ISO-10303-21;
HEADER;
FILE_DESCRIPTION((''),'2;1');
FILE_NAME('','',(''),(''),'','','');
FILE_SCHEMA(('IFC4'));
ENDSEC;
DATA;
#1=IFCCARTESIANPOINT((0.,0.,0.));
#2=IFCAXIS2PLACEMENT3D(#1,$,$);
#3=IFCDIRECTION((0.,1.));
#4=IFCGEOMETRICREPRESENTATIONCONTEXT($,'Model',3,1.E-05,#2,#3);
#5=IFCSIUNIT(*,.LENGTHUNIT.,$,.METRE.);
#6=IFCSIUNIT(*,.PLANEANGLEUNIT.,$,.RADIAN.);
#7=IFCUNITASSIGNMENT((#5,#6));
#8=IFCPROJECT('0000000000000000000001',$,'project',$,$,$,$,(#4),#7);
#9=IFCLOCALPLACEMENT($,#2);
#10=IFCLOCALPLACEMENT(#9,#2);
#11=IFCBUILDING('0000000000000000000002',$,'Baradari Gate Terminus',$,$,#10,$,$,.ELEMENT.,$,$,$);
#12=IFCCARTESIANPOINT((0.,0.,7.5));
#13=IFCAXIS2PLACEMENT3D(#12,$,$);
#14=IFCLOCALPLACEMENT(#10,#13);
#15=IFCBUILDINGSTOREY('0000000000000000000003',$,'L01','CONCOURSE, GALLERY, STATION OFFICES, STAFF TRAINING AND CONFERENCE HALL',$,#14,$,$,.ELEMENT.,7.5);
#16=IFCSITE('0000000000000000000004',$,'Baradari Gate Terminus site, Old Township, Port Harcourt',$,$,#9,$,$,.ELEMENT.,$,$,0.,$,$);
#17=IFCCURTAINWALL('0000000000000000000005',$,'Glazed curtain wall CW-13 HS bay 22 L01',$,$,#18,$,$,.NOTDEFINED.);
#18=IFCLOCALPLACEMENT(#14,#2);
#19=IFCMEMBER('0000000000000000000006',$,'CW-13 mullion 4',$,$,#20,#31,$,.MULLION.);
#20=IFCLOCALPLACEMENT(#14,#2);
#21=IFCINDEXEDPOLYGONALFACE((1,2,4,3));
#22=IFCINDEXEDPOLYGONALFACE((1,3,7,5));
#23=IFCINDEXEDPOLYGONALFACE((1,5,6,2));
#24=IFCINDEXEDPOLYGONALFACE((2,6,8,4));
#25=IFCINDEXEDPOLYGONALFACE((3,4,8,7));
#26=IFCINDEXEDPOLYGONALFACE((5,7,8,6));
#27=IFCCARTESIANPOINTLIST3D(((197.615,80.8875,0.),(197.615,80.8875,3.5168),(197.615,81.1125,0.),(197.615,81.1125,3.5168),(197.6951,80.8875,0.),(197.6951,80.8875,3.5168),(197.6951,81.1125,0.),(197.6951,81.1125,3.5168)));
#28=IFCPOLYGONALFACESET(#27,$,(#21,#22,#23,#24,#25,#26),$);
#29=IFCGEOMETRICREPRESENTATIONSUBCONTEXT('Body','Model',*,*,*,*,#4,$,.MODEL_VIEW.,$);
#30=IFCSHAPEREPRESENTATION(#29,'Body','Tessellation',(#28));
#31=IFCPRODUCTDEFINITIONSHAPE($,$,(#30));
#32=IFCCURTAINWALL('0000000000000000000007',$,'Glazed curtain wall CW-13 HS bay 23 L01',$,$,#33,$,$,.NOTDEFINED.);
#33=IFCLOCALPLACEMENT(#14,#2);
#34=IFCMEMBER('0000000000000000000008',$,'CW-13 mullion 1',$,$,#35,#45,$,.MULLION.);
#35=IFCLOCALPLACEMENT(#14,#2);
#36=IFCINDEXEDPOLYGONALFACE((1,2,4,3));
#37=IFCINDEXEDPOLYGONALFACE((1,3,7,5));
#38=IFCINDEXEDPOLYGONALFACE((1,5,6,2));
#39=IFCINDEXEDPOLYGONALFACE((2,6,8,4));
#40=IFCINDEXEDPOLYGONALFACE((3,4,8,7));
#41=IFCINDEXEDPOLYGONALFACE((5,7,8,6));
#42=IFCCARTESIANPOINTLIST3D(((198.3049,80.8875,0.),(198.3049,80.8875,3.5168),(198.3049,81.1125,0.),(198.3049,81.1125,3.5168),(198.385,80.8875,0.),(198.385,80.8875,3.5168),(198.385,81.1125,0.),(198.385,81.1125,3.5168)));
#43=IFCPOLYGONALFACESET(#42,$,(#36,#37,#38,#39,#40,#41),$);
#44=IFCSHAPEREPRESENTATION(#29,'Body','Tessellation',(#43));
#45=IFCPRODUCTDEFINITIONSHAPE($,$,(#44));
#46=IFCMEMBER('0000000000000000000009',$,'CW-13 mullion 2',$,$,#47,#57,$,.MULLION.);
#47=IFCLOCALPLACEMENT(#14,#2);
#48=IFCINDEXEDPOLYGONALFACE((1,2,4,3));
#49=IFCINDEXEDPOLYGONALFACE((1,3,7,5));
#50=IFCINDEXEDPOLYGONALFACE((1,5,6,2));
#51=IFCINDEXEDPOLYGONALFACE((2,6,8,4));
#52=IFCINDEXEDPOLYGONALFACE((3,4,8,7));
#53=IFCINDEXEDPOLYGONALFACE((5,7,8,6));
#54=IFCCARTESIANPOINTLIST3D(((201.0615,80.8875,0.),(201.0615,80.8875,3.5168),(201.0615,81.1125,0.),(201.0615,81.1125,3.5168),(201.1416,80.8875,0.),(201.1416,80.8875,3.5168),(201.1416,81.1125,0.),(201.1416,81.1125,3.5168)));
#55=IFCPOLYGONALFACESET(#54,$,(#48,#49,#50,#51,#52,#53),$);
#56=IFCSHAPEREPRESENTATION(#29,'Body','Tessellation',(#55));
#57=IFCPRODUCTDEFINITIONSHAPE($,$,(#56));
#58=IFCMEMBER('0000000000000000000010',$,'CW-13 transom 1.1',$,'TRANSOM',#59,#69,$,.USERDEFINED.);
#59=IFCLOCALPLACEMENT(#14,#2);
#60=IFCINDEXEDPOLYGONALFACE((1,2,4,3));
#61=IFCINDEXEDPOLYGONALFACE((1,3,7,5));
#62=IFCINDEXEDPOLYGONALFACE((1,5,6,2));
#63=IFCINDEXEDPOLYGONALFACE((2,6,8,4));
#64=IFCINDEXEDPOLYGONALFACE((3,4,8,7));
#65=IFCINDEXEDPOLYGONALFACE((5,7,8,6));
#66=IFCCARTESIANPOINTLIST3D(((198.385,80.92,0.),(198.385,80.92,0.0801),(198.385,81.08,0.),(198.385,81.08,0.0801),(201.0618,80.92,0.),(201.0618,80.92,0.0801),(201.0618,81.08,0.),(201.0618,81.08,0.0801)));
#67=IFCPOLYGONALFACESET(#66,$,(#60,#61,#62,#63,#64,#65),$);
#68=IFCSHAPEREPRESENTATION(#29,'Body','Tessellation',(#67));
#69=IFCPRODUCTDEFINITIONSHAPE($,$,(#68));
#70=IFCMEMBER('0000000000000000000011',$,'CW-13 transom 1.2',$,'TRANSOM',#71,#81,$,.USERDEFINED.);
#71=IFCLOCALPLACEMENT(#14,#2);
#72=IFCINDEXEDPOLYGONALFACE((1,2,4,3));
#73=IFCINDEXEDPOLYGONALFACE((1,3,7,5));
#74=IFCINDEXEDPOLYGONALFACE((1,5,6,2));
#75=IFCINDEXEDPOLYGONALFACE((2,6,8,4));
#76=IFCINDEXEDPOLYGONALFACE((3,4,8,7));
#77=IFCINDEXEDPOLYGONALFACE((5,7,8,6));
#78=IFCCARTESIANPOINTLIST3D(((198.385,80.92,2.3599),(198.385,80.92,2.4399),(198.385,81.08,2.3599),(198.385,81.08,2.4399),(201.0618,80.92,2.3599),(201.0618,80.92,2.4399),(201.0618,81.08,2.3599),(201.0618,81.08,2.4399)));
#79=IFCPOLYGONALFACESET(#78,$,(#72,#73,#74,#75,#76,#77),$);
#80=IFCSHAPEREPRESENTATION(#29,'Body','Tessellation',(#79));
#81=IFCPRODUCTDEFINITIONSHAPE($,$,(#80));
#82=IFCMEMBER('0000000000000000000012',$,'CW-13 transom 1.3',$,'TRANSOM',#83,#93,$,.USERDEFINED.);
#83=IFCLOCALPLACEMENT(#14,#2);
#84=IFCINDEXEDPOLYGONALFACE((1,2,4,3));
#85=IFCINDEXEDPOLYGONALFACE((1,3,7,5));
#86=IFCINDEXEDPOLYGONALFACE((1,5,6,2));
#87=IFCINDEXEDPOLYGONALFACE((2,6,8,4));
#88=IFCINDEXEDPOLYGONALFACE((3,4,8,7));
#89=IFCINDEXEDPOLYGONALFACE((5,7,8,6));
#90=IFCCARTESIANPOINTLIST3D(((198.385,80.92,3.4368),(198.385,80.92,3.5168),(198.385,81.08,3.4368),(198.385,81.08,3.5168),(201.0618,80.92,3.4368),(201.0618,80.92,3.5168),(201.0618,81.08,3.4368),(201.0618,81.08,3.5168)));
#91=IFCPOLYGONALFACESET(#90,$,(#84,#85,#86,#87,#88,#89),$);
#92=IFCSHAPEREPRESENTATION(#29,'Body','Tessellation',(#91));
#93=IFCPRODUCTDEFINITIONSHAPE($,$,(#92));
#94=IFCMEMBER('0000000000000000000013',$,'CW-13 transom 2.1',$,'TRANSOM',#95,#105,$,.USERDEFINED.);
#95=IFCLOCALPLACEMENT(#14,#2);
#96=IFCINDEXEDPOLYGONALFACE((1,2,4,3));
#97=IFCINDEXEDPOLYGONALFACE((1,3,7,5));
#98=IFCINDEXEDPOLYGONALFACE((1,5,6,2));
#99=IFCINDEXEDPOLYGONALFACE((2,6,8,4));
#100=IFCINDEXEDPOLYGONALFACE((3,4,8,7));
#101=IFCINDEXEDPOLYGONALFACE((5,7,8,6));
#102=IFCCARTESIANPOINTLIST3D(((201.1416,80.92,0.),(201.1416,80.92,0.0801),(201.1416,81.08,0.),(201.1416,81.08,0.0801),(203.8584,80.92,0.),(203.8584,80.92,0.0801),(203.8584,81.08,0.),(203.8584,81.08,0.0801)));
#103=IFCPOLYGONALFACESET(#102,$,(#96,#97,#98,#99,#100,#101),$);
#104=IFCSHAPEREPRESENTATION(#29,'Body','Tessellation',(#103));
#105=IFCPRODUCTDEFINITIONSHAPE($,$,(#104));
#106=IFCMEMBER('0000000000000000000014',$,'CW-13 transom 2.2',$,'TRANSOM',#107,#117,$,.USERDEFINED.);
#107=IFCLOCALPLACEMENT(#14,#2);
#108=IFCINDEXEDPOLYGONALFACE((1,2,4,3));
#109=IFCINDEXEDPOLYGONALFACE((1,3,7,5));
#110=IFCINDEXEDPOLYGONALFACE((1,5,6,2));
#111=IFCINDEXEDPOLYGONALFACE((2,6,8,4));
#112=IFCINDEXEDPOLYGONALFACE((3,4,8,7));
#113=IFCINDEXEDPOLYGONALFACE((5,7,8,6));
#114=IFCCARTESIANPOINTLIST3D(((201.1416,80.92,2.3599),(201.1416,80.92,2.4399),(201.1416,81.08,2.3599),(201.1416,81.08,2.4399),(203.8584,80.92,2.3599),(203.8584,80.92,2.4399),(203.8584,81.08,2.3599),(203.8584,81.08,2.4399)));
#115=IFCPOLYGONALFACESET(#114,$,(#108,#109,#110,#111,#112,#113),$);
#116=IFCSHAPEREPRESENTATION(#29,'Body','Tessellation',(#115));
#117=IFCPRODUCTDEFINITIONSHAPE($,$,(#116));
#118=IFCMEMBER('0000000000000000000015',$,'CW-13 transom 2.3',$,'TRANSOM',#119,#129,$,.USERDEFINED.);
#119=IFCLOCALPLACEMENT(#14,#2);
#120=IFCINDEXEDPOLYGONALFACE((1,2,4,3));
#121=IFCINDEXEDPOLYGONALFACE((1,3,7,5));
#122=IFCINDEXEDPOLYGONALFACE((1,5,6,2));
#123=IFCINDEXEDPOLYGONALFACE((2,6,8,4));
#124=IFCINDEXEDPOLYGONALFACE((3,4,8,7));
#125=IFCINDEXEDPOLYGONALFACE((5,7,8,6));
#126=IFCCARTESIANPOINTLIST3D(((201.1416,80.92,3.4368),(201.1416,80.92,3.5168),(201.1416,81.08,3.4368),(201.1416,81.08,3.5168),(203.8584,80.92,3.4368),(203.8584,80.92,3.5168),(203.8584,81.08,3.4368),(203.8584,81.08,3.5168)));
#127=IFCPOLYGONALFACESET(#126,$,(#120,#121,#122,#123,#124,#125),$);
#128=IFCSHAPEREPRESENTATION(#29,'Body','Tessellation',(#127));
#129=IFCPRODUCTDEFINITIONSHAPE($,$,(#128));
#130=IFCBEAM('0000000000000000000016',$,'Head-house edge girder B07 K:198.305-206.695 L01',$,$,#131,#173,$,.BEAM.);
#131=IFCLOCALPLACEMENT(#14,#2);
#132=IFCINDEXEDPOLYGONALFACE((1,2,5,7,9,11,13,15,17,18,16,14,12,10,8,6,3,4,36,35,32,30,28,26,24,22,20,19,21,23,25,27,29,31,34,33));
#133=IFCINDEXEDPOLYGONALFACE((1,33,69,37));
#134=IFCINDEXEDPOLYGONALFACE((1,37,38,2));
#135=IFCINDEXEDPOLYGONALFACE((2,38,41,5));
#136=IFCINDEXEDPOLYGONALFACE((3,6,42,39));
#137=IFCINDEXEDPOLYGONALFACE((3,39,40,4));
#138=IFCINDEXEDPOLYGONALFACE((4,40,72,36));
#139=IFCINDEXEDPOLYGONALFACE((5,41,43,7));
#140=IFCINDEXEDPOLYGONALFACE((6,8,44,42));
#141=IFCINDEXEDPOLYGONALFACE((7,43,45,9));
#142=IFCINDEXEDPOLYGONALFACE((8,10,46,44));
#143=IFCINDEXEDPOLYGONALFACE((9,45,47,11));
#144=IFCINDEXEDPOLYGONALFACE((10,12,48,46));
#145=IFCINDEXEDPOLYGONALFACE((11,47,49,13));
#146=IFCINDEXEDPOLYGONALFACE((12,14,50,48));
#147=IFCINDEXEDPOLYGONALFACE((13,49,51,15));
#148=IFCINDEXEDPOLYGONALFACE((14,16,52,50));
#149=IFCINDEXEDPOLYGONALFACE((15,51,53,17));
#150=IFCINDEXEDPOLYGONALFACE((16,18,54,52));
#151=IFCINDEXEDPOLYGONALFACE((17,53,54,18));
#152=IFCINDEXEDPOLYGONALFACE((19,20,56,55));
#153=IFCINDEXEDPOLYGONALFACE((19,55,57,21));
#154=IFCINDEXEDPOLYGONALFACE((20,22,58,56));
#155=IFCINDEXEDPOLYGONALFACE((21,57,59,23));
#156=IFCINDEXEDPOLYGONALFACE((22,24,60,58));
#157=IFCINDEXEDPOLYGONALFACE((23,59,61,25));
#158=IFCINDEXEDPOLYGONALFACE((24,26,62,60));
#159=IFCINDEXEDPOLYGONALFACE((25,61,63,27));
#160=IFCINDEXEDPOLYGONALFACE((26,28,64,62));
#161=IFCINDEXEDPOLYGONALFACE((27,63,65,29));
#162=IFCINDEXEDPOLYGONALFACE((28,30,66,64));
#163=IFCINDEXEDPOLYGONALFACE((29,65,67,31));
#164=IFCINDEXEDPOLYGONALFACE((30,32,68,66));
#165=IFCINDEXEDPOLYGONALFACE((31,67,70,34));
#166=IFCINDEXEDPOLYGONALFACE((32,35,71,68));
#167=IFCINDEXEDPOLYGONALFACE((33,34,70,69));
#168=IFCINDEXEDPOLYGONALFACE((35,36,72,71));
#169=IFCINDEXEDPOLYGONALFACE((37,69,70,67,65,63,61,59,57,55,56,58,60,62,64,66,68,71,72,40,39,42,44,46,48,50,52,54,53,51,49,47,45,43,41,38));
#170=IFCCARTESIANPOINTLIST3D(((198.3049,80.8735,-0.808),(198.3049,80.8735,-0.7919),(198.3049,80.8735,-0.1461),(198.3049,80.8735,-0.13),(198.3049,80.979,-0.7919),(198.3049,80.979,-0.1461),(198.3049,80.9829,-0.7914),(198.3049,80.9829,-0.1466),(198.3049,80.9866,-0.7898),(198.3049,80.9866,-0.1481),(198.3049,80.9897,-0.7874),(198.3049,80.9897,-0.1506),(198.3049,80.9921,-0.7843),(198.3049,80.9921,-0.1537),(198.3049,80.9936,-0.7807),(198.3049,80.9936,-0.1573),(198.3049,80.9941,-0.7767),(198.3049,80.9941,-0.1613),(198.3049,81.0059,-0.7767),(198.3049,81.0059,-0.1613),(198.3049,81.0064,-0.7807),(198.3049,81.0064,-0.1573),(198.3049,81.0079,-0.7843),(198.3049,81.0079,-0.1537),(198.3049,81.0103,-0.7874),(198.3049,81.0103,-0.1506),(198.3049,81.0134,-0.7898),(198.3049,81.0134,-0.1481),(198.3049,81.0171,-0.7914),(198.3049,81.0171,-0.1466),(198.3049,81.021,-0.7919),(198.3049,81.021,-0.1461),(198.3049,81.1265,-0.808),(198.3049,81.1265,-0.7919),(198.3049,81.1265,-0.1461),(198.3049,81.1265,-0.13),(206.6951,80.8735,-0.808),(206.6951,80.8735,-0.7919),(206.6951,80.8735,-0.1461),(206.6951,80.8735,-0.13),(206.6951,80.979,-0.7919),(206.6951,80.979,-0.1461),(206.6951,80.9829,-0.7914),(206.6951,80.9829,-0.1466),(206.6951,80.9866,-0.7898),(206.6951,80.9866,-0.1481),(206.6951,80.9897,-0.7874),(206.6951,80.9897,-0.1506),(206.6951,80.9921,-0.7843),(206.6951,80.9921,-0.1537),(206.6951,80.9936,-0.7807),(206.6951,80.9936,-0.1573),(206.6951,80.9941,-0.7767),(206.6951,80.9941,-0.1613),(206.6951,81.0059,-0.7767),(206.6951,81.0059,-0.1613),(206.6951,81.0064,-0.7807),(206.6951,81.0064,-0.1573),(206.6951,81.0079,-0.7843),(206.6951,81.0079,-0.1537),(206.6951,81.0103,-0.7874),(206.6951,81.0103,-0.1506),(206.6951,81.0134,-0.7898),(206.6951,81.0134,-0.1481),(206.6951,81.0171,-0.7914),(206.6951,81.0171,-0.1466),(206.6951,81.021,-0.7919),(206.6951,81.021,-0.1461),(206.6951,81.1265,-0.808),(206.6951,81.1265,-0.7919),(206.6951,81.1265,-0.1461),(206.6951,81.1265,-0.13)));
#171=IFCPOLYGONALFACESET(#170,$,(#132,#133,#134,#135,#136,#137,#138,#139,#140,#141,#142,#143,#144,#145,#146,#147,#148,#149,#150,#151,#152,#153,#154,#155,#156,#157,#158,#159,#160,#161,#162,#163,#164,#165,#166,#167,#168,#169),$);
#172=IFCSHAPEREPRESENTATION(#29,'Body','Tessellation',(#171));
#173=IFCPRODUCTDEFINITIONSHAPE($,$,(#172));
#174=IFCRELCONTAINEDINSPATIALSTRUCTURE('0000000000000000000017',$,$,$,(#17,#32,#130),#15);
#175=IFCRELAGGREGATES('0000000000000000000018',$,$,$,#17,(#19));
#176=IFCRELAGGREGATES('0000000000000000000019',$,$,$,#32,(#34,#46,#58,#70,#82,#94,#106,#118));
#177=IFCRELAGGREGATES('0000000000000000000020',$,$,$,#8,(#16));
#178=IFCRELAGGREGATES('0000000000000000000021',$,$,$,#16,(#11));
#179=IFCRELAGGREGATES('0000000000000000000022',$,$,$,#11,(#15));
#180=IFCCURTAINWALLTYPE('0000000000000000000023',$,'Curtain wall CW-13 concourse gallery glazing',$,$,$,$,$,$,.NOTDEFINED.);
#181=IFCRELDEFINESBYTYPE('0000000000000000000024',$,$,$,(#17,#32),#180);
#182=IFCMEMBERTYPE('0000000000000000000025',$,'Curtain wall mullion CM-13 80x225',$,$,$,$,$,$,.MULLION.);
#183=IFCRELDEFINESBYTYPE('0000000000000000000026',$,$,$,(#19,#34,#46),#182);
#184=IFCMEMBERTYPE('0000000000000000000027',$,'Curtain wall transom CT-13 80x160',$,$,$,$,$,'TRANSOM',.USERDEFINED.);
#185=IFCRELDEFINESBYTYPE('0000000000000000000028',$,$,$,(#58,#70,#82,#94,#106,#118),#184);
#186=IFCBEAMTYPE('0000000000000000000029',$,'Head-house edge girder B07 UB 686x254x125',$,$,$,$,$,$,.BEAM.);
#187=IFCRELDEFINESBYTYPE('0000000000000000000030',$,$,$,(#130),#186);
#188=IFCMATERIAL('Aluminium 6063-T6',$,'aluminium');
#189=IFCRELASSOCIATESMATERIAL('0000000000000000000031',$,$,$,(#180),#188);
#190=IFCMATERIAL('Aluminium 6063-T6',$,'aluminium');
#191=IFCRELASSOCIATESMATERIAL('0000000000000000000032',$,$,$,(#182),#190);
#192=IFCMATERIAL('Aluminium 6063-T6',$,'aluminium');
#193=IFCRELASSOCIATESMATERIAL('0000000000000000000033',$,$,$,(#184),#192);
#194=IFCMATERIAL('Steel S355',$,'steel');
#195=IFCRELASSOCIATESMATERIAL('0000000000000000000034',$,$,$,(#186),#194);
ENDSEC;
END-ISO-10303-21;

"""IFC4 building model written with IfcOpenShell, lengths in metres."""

from ifc_helpers import new_model, si_unit, direction, frame, origin, origin_2d, place, context, subcontext, project, spatial, rectangle, i_section, extrude, material, material_profile, profile_set, type_object, element, aggregate, save


model = new_model("IFC4")

# Units and contexts
model_context = context("Model", 3, precision=1e-05, world=origin(), true_north=direction((0.0, 1.0)))
body_context = subcontext(model_context, "Body", "Model", "MODEL_VIEW")
ifc_project = project(units=[si_unit("LENGTHUNIT", "METRE"), si_unit("PLANEANGLEUNIT", "RADIAN")], contexts=[model_context])

# Site, building, storey
site_placement = place(None, origin())
site = spatial("IfcSite", under=ifc_project, at=site_placement, Name="Baradari Gate Terminus site, Old Township, Port Harcourt", CompositionType="ELEMENT", RefElevation=0.0)
building_placement = place(site_placement, origin())
building = spatial("IfcBuilding", under=site, at=building_placement, Name="Baradari Gate Terminus", CompositionType="ELEMENT")
storey_placement = place(building_placement, frame((0.0, 0.0, 7.5)))
storey = spatial("IfcBuildingStorey", under=building, at=storey_placement, Name="L01", Description="CONCOURSE, GALLERY, STATION OFFICES, STAFF TRAINING AND CONFERENCE HALL", CompositionType="ELEMENT", Elevation=7.5)

# Curtain wall, member
ifc_material_1 = material(Name="Aluminium 6063-T6", Category="aluminium")
curtain_wall_type = type_object("IfcCurtainWallType", Name="Curtain wall CW-13 concourse gallery glazing", PredefinedType="NOTDEFINED", material=ifc_material_1)
curtain_wall_1_placement = place(storey_placement, origin())
curtain_wall_1 = element("IfcCurtainWall", 1, at=curtain_wall_1_placement, inside=storey, type_object=curtain_wall_type, Name="Glazed curtain wall CW-13 HS bay 22 L01", PredefinedType="NOTDEFINED")
ifc_material_2 = material(Name="Aluminium 6063-T6", Category="aluminium")
ifc_material_profile_1 = material_profile(ifc_material_2, rectangle(XDim=0.2251, YDim=0.0801, at=origin_2d()), Name="CM-13 80X225")
ifc_profile_set_1 = profile_set([ifc_material_profile_1], Name="Aluminium 6063-T6")
member_type_1 = type_object("IfcMemberType", Name="Curtain wall mullion CM-13 80x225", PredefinedType="MULLION", material=ifc_profile_set_1)
member_1_placement = place(storey_placement, frame((197.655, 81.0, 0.0), z_axis=(0.0, 0.0, 1.0), x_axis=(0.0, 1.0, 0.0)))
member_1 = element("IfcMember", 2, at=member_1_placement, type_object=member_type_1, Name="CW-13 mullion 4", PredefinedType="MULLION", context=body_context, shape_type="SweptSolid", body=[
    extrude(rectangle(XDim=0.2251, YDim=0.0801, at=origin_2d()), origin(), (0.0, 0.0, 1.0), 3.5168),
])

# Curtain wall, members
curtain_wall_2_placement = place(storey_placement, origin())
curtain_wall_2 = element("IfcCurtainWall", 3, at=curtain_wall_2_placement, inside=storey, type_object=curtain_wall_type, Name="Glazed curtain wall CW-13 HS bay 23 L01", PredefinedType="NOTDEFINED")
member_2_placement = place(storey_placement, frame((198.345, 81.0, 0.0), z_axis=(0.0, 0.0, 1.0), x_axis=(0.0, 1.0, 0.0)))
member_2 = element("IfcMember", 4, at=member_2_placement, type_object=member_type_1, Name="CW-13 mullion 1", PredefinedType="MULLION", context=body_context, shape_type="SweptSolid", body=[
    extrude(rectangle(XDim=0.2251, YDim=0.0801, at=origin_2d()), origin(), (0.0, 0.0, 1.0), 3.5168),
])
member_3_placement = place(storey_placement, frame((201.1016, 81.0, 0.0), z_axis=(0.0, 0.0, 1.0), x_axis=(0.0, 1.0, 0.0)))
member_3 = element("IfcMember", 5, at=member_3_placement, type_object=member_type_1, Name="CW-13 mullion 2", PredefinedType="MULLION", context=body_context, shape_type="SweptSolid", body=[
    extrude(rectangle(XDim=0.2251, YDim=0.0801, at=origin_2d()), origin(), (0.0, 0.0, 1.0), 3.5168),
])
ifc_material_3 = material(Name="Aluminium 6063-T6", Category="aluminium")
ifc_material_profile_2 = material_profile(ifc_material_3, rectangle(XDim=0.1599, YDim=0.0801, at=origin_2d()), Name="CT-13 80X160")
ifc_profile_set_2 = profile_set([ifc_material_profile_2], Name="Aluminium 6063-T6")
member_type_2 = type_object("IfcMemberType", Name="Curtain wall transom CT-13 80x160", ElementType="TRANSOM", PredefinedType="USERDEFINED", material=ifc_profile_set_2)
member_4_placement = place(storey_placement, frame((198.385, 81.0, 0.04), z_axis=(1.0, 0.0, 0.0), x_axis=(0.0, 1.0, 0.0)))
member_4 = element("IfcMember", 6, at=member_4_placement, type_object=member_type_2, Name="CW-13 transom 1.1", ObjectType="TRANSOM", PredefinedType="USERDEFINED", context=body_context, shape_type="SweptSolid", body=[
    extrude(rectangle(XDim=0.1599, YDim=0.0801, at=origin_2d()), origin(), (0.0, 0.0, 1.0), 2.6768),
])
member_5_placement = place(storey_placement, frame((198.385, 81.0, 2.3999), z_axis=(1.0, 0.0, 0.0), x_axis=(0.0, 1.0, 0.0)))
member_5 = element("IfcMember", 7, at=member_5_placement, type_object=member_type_2, Name="CW-13 transom 1.2", ObjectType="TRANSOM", PredefinedType="USERDEFINED", context=body_context, shape_type="SweptSolid", body=[
    extrude(rectangle(XDim=0.1599, YDim=0.0801, at=origin_2d()), origin(), (0.0, 0.0, 1.0), 2.6768),
])
member_6_placement = place(storey_placement, frame((198.385, 81.0, 3.4768), z_axis=(1.0, 0.0, 0.0), x_axis=(0.0, 1.0, 0.0)))
member_6 = element("IfcMember", 8, at=member_6_placement, type_object=member_type_2, Name="CW-13 transom 1.3", ObjectType="TRANSOM", PredefinedType="USERDEFINED", context=body_context, shape_type="SweptSolid", body=[
    extrude(rectangle(XDim=0.1599, YDim=0.0801, at=origin_2d()), origin(), (0.0, 0.0, 1.0), 2.6768),
])
member_7_placement = place(storey_placement, frame((201.1416, 81.0, 0.04), z_axis=(1.0, 0.0, 0.0), x_axis=(0.0, 1.0, 0.0)))
member_7 = element("IfcMember", 9, at=member_7_placement, type_object=member_type_2, Name="CW-13 transom 2.1", ObjectType="TRANSOM", PredefinedType="USERDEFINED", context=body_context, shape_type="SweptSolid", body=[
    extrude(rectangle(XDim=0.1599, YDim=0.0801, at=origin_2d()), origin(), (0.0, 0.0, 1.0), 2.7168),
])
member_8_placement = place(storey_placement, frame((201.1416, 81.0, 2.3999), z_axis=(1.0, 0.0, 0.0), x_axis=(0.0, 1.0, 0.0)))
member_8 = element("IfcMember", 10, at=member_8_placement, type_object=member_type_2, Name="CW-13 transom 2.2", ObjectType="TRANSOM", PredefinedType="USERDEFINED", context=body_context, shape_type="SweptSolid", body=[
    extrude(rectangle(XDim=0.1599, YDim=0.0801, at=origin_2d()), origin(), (0.0, 0.0, 1.0), 2.7168),
])
member_9_placement = place(storey_placement, frame((201.1416, 81.0, 3.4768), z_axis=(1.0, 0.0, 0.0), x_axis=(0.0, 1.0, 0.0)))
member_9 = element("IfcMember", 11, at=member_9_placement, type_object=member_type_2, Name="CW-13 transom 2.3", ObjectType="TRANSOM", PredefinedType="USERDEFINED", context=body_context, shape_type="SweptSolid", body=[
    extrude(rectangle(XDim=0.1599, YDim=0.0801, at=origin_2d()), origin(), (0.0, 0.0, 1.0), 2.7168),
])

# Beam
ifc_material_4 = material(Name="Steel S355", Category="steel")
ifc_material_profile_3 = material_profile(ifc_material_4, i_section(OverallWidth=0.2529, OverallDepth=0.678, WebThickness=0.0117, FlangeThickness=0.0161, FilletRadius=0.0151, at=origin_2d()), Name="UB 686x254x125")
ifc_profile_set_3 = profile_set([ifc_material_profile_3], Name="Steel S355")
beam_type_1 = type_object("IfcBeamType", Name="Head-house edge girder B07 UB 686x254x125", PredefinedType="BEAM", material=ifc_profile_set_3)
beam_1_placement = place(storey_placement, frame((198.3049, 81.0, -0.469), z_axis=(1.0, 0.0, 0.0), x_axis=(0.0, 1.0, 0.0)))
element("IfcBeam", 12, at=beam_1_placement, inside=storey, type_object=beam_type_1, Name="Head-house edge girder B07 K:198.305-206.695 L01", PredefinedType="BEAM", context=body_context, shape_type="SweptSolid", body=[
    extrude(i_section(OverallWidth=0.2529, OverallDepth=0.678, WebThickness=0.0117, FlangeThickness=0.0161, FilletRadius=0.0151, at=origin_2d()), origin(), (0.0, 0.0, 1.0), 8.3901),
])

aggregate(curtain_wall_1, [member_1])
aggregate(curtain_wall_2, [member_2, member_3, member_4, member_5, member_6, member_7, member_8, member_9])

save(model, "model.ifc")
